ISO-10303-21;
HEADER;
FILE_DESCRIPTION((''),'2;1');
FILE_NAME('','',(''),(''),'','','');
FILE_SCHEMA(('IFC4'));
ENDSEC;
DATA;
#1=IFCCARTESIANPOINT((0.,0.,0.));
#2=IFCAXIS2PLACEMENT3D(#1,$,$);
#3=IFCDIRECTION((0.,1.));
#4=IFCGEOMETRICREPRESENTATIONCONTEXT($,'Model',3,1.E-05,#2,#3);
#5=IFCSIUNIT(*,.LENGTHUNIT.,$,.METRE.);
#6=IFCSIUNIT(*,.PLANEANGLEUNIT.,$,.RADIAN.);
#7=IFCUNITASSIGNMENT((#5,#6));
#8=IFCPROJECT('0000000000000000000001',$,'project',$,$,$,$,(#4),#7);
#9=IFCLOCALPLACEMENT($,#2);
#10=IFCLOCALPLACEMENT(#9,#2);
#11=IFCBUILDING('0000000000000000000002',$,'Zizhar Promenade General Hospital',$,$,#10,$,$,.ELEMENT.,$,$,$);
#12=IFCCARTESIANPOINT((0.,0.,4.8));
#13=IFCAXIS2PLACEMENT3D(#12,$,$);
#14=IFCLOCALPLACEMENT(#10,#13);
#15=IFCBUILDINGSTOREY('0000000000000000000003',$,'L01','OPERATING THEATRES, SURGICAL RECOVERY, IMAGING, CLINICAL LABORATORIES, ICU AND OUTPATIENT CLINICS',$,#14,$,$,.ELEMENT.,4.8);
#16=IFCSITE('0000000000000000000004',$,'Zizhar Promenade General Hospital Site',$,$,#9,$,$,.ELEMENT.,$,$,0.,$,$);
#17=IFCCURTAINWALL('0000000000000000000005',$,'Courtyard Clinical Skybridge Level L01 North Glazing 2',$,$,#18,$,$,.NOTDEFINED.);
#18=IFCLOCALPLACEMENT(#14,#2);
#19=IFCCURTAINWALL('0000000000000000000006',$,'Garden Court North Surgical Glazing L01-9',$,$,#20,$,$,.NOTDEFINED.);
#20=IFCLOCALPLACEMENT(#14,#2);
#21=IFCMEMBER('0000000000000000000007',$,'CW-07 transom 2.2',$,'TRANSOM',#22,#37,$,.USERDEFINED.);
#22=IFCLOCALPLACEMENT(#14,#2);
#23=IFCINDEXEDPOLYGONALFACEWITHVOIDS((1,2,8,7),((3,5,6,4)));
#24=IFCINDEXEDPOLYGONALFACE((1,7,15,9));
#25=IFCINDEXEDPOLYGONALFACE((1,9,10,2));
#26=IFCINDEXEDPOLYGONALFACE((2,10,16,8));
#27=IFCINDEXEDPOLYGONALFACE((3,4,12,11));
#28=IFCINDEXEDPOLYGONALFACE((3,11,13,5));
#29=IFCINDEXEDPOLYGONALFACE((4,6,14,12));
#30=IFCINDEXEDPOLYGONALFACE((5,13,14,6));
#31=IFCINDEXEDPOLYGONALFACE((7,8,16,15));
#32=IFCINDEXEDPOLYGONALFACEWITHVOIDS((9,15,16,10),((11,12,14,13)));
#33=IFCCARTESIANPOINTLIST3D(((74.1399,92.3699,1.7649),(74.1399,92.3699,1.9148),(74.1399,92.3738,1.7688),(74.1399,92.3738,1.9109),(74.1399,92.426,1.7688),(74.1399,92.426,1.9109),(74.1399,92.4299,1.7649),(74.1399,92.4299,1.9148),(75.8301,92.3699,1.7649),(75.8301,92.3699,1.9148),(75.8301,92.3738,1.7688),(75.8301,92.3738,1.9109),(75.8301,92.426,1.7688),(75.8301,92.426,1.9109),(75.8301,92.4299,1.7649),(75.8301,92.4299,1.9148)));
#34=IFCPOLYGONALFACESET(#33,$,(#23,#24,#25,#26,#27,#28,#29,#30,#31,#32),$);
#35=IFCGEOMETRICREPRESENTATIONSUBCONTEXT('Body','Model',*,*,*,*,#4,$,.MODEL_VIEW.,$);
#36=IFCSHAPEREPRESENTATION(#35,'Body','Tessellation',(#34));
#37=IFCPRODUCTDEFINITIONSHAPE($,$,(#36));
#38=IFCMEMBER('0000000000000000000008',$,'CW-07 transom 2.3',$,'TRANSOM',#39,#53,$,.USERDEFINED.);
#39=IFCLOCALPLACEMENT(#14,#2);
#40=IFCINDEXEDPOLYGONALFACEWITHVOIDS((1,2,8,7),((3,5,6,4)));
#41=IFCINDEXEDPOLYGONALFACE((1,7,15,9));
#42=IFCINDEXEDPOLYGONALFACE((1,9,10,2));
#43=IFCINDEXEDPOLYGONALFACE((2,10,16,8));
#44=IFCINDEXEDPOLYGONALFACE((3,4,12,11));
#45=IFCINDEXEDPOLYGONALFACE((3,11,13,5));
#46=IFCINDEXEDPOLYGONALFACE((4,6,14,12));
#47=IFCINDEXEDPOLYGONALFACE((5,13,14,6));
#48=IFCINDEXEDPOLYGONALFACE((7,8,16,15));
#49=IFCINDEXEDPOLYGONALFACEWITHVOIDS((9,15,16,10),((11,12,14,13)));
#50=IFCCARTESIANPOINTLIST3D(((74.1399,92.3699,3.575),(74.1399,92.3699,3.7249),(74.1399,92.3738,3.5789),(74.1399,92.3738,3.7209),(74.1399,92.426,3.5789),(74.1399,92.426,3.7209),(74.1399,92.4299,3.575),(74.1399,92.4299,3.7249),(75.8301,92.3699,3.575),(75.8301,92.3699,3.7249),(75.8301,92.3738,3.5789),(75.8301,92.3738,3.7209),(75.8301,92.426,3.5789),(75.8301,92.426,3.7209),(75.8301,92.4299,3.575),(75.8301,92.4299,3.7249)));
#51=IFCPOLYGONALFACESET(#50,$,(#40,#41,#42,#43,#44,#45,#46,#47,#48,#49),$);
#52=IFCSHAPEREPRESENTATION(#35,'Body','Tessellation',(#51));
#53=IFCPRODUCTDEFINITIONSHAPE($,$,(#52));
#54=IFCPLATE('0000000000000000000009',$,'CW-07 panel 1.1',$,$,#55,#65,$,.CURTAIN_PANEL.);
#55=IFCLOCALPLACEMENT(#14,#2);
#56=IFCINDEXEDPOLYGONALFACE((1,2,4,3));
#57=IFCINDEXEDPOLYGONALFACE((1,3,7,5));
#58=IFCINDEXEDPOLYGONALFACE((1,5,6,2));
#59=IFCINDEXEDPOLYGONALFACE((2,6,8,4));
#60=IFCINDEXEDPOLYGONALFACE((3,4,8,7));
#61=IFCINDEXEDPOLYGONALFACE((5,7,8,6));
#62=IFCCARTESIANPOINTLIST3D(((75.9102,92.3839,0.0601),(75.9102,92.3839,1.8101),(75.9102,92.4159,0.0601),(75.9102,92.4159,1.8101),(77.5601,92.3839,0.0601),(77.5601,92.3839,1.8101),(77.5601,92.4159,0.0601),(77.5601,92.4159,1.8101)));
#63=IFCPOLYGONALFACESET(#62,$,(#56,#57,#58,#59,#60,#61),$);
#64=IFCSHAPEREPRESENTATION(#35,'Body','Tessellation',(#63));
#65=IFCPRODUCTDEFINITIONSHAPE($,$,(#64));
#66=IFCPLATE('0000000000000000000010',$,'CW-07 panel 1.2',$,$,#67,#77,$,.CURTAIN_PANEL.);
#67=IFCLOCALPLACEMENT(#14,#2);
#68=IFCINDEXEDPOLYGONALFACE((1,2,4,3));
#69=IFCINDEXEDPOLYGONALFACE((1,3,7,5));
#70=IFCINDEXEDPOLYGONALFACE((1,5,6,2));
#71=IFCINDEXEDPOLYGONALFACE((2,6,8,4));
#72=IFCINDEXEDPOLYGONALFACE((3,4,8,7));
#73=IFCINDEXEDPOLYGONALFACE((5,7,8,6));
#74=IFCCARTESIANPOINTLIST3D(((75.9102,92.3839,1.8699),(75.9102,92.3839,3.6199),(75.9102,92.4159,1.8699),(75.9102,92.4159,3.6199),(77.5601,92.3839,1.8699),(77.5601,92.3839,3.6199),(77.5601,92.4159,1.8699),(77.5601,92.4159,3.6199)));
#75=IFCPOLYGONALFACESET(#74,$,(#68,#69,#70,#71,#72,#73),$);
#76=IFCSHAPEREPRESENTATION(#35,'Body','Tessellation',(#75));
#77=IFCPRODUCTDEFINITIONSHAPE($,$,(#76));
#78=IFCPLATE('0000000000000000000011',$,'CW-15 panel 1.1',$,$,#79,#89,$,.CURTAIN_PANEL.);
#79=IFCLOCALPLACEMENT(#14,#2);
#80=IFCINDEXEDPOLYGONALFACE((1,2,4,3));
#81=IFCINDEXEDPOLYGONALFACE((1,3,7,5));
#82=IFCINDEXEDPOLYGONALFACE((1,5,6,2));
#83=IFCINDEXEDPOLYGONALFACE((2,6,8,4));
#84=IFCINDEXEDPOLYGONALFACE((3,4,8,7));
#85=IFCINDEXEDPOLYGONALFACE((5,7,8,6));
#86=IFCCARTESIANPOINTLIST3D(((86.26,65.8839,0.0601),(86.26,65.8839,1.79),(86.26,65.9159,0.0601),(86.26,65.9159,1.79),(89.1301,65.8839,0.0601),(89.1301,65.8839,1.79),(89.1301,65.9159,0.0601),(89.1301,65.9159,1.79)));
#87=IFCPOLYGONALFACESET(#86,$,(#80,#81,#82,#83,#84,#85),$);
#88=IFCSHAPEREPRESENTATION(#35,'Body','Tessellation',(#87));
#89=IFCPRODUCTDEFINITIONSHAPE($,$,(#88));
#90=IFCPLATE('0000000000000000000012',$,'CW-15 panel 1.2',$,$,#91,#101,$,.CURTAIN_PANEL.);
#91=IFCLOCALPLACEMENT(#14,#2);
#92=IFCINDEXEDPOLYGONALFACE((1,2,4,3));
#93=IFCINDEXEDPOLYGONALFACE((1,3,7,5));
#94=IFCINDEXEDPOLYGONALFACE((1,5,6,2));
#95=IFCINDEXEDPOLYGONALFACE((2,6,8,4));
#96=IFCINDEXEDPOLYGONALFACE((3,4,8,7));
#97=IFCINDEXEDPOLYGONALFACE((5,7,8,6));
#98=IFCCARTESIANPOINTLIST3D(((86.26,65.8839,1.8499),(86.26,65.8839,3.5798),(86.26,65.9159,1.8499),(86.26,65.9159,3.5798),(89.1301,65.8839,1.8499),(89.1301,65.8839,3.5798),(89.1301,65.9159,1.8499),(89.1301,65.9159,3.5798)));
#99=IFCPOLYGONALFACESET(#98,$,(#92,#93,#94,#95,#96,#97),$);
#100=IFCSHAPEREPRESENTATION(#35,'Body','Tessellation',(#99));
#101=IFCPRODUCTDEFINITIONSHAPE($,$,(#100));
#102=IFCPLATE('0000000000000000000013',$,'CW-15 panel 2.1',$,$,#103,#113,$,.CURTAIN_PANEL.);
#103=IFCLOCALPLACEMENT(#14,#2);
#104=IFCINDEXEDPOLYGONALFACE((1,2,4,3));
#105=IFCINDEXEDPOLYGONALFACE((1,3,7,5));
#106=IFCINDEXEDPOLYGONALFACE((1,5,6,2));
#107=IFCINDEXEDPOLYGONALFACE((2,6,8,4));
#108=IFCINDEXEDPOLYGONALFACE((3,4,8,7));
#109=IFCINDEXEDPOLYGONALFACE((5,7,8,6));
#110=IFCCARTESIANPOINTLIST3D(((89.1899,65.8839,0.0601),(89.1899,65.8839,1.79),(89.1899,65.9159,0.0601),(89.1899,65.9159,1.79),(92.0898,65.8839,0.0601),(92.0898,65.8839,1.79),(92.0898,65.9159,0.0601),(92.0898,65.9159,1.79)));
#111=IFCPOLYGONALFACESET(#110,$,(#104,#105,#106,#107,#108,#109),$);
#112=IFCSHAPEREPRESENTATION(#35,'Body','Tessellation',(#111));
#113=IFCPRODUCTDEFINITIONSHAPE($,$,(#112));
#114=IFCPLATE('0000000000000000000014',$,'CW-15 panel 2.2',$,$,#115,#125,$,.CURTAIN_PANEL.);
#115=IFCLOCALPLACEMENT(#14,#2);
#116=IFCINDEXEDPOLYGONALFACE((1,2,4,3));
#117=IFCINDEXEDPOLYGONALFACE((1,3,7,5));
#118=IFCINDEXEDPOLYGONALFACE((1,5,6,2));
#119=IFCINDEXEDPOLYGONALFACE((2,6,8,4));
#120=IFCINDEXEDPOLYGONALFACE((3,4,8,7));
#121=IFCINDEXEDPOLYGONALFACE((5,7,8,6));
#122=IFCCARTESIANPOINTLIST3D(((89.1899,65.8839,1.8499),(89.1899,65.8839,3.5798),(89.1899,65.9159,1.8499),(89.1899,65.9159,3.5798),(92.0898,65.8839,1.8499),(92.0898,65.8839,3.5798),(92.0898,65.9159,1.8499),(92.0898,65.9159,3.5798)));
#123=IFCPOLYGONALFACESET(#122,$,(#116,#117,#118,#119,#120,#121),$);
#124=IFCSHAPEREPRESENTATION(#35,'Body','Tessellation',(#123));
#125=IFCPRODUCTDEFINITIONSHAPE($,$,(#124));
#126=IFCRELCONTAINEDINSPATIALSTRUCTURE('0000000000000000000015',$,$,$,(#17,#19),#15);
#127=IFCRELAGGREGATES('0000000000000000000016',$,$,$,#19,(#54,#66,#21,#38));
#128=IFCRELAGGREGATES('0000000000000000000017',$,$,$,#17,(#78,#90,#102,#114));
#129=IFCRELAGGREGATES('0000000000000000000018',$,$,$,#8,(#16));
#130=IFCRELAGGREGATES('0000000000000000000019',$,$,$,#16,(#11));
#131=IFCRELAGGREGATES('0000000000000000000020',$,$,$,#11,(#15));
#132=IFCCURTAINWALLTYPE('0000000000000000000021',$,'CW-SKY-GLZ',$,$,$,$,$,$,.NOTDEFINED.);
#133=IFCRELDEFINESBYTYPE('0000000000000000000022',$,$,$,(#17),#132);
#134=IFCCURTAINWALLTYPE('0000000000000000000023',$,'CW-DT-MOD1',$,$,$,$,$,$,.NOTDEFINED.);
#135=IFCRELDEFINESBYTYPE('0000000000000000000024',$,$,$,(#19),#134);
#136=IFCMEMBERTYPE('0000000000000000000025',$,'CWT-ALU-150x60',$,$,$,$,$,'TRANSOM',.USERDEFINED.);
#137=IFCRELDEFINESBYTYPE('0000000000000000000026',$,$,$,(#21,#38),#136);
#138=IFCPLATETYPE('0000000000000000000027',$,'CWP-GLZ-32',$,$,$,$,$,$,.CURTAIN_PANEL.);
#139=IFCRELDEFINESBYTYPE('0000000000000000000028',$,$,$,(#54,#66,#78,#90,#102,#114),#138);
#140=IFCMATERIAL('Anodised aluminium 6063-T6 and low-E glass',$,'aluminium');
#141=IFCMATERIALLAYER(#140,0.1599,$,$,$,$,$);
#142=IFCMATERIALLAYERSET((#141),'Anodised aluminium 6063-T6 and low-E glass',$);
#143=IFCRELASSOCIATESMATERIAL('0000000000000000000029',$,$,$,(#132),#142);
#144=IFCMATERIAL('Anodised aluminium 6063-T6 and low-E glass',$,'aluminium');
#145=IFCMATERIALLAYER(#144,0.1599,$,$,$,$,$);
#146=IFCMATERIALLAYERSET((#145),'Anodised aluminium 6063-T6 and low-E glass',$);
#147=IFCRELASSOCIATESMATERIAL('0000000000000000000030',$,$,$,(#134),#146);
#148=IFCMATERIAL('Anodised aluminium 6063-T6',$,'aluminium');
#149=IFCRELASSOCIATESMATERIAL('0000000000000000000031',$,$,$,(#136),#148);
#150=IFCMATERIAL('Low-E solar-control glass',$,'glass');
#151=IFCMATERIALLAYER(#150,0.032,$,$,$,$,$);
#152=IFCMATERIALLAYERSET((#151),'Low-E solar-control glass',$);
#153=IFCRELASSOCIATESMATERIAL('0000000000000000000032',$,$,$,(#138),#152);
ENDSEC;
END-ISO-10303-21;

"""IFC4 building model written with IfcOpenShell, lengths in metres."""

from ifc_helpers import new_model, si_unit, direction, frame, origin, origin_2d, place, context, subcontext, project, spatial, rectangle, hollow_rectangle, extrude, material, layer, layer_set, material_profile, profile_set, type_object, element, aggregate, save


model = new_model("IFC4")

# Units and contexts
model_context = context("Model", 3, precision=1e-05, world=origin(), true_north=direction((0.0, 1.0)))
body_context = subcontext(model_context, "Body", "Model", "MODEL_VIEW")
ifc_project = project(units=[si_unit("LENGTHUNIT", "METRE"), si_unit("PLANEANGLEUNIT", "RADIAN")], contexts=[model_context])

# Site, building, storey
site_placement = place(None, origin())
site = spatial("IfcSite", under=ifc_project, at=site_placement, Name="Zizhar Promenade General Hospital Site", CompositionType="ELEMENT", RefElevation=0.0)
building_placement = place(site_placement, origin())
building = spatial("IfcBuilding", under=site, at=building_placement, Name="Zizhar Promenade General Hospital", CompositionType="ELEMENT")
storey_placement = place(building_placement, frame((0.0, 0.0, 4.8)))
storey = spatial("IfcBuildingStorey", under=building, at=storey_placement, Name="L01", Description="OPERATING THEATRES, SURGICAL RECOVERY, IMAGING, CLINICAL LABORATORIES, ICU AND OUTPATIENT CLINICS", CompositionType="ELEMENT", Elevation=4.8)

# Curtain wall
ifc_material_1 = material(Name="Anodised aluminium 6063-T6 and low-E glass", Category="aluminium")
ifc_layer_1 = layer(ifc_material_1, 0.1599)
ifc_layer_set_1 = layer_set([ifc_layer_1], Name="Anodised aluminium 6063-T6 and low-E glass")
curtain_wall_type_1 = type_object("IfcCurtainWallType", Name="CW-SKY-GLZ", PredefinedType="NOTDEFINED", material=ifc_layer_set_1)
curtain_wall_1_placement = place(storey_placement, origin())
curtain_wall_1 = element("IfcCurtainWall", 1, at=curtain_wall_1_placement, inside=storey, type_object=curtain_wall_type_1, Name="Courtyard Clinical Skybridge Level L01 North Glazing 2", PredefinedType="NOTDEFINED")

# Curtain wall
ifc_material_2 = material(Name="Anodised aluminium 6063-T6 and low-E glass", Category="aluminium")
ifc_layer_2 = layer(ifc_material_2, 0.1599)
ifc_layer_set_2 = layer_set([ifc_layer_2], Name="Anodised aluminium 6063-T6 and low-E glass")
curtain_wall_type_2 = type_object("IfcCurtainWallType", Name="CW-DT-MOD1", PredefinedType="NOTDEFINED", material=ifc_layer_set_2)
curtain_wall_2_placement = place(storey_placement, origin())
curtain_wall_2 = element("IfcCurtainWall", 2, at=curtain_wall_2_placement, inside=storey, type_object=curtain_wall_type_2, Name="Garden Court North Surgical Glazing L01-9", PredefinedType="NOTDEFINED")

# Members
ifc_material_3 = material(Name="Anodised aluminium 6063-T6", Category="aluminium")
ifc_material_profile_1 = material_profile(ifc_material_3, hollow_rectangle(XDim=0.0601, YDim=0.1499, WallThickness=0.0039, at=origin_2d()))
ifc_profile_set_1 = profile_set([ifc_material_profile_1], Name="Anodised aluminium 6063-T6")
member_type_1 = type_object("IfcMemberType", Name="CWT-ALU-150x60", ElementType="TRANSOM", PredefinedType="USERDEFINED", material=ifc_profile_set_1)
member_1_placement = place(storey_placement, frame((75.8301, 92.3999, 1.8398), z_axis=(-1.0, 0.0, 0.0), x_axis=(0.0, -1.0, 0.0)))
member_1 = element("IfcMember", 3, at=member_1_placement, type_object=member_type_1, Name="CW-07 transom 2.2", ObjectType="TRANSOM", PredefinedType="USERDEFINED", context=body_context, shape_type="SweptSolid", body=[
    extrude(hollow_rectangle(XDim=0.0601, YDim=0.1499, WallThickness=0.0039, at=origin_2d()), origin(), (0.0, 0.0, 1.0), 1.6902),
])
member_2_placement = place(storey_placement, frame((75.8301, 92.3999, 3.6499), z_axis=(-1.0, 0.0, 0.0), x_axis=(0.0, -1.0, 0.0)))
member_2 = element("IfcMember", 4, at=member_2_placement, type_object=member_type_1, Name="CW-07 transom 2.3", ObjectType="TRANSOM", PredefinedType="USERDEFINED", context=body_context, shape_type="SweptSolid", body=[
    extrude(hollow_rectangle(XDim=0.0601, YDim=0.1499, WallThickness=0.0039, at=origin_2d()), origin(), (0.0, 0.0, 1.0), 1.6902),
])

# Plates
ifc_material_4 = material(Name="Low-E solar-control glass", Category="glass")
ifc_layer_3 = layer(ifc_material_4, 0.032)
ifc_layer_set_3 = layer_set([ifc_layer_3], Name="Low-E solar-control glass")
plate_type = type_object("IfcPlateType", Name="CWP-GLZ-32", PredefinedType="CURTAIN_PANEL", material=ifc_layer_set_3)
plate_1_placement = place(storey_placement, frame((76.7351, 92.3999, 0.0601), z_axis=(0.0, 0.0, 1.0), x_axis=(-1.0, 0.0, 0.0)))
plate_1 = element("IfcPlate", 5, at=plate_1_placement, type_object=plate_type, Name="CW-07 panel 1.1", PredefinedType="CURTAIN_PANEL", context=body_context, shape_type="SweptSolid", body=[
    extrude(rectangle(XDim=1.6499, YDim=0.032, at=origin_2d()), origin(), (0.0, 0.0, 1.0), 1.75),
])
plate_2_placement = place(storey_placement, frame((76.7351, 92.3999, 1.8699), z_axis=(0.0, 0.0, 1.0), x_axis=(-1.0, 0.0, 0.0)))
plate_2 = element("IfcPlate", 6, at=plate_2_placement, type_object=plate_type, Name="CW-07 panel 1.2", PredefinedType="CURTAIN_PANEL", context=body_context, shape_type="SweptSolid", body=[
    extrude(rectangle(XDim=1.6499, YDim=0.032, at=origin_2d()), origin(), (0.0, 0.0, 1.0), 1.75),
])
aggregate(curtain_wall_2, [plate_1, plate_2, member_1, member_2])
plate_3_placement = place(storey_placement, frame((87.6951, 65.8999, 0.0601), z_axis=(0.0, 0.0, 1.0), x_axis=(1.0, 0.0, 0.0)))
plate_3 = element("IfcPlate", 7, at=plate_3_placement, type_object=plate_type, Name="CW-15 panel 1.1", PredefinedType="CURTAIN_PANEL", context=body_context, shape_type="SweptSolid", body=[
    extrude(rectangle(XDim=2.8701, YDim=0.032, at=origin_2d()), origin(), (0.0, 0.0, 1.0), 1.73),
])
plate_4_placement = place(storey_placement, frame((87.6951, 65.8999, 1.8499), z_axis=(0.0, 0.0, 1.0), x_axis=(1.0, 0.0, 0.0)))
plate_4 = element("IfcPlate", 8, at=plate_4_placement, type_object=plate_type, Name="CW-15 panel 1.2", PredefinedType="CURTAIN_PANEL", context=body_context, shape_type="SweptSolid", body=[
    extrude(rectangle(XDim=2.8701, YDim=0.032, at=origin_2d()), origin(), (0.0, 0.0, 1.0), 1.73),
])
plate_5_placement = place(storey_placement, frame((90.6399, 65.8999, 0.0601), z_axis=(0.0, 0.0, 1.0), x_axis=(1.0, 0.0, 0.0)))
plate_5 = element("IfcPlate", 9, at=plate_5_placement, type_object=plate_type, Name="CW-15 panel 2.1", PredefinedType="CURTAIN_PANEL", context=body_context, shape_type="SweptSolid", body=[
    extrude(rectangle(XDim=2.8999, YDim=0.032, at=origin_2d()), origin(), (0.0, 0.0, 1.0), 1.73),
])
plate_6_placement = place(storey_placement, frame((90.6399, 65.8999, 1.8499), z_axis=(0.0, 0.0, 1.0), x_axis=(1.0, 0.0, 0.0)))
plate_6 = element("IfcPlate", 10, at=plate_6_placement, type_object=plate_type, Name="CW-15 panel 2.2", PredefinedType="CURTAIN_PANEL", context=body_context, shape_type="SweptSolid", body=[
    extrude(rectangle(XDim=2.8999, YDim=0.032, at=origin_2d()), origin(), (0.0, 0.0, 1.0), 1.73),
])
aggregate(curtain_wall_1, [plate_3, plate_4, plate_5, plate_6])

save(model, "model.ifc")
